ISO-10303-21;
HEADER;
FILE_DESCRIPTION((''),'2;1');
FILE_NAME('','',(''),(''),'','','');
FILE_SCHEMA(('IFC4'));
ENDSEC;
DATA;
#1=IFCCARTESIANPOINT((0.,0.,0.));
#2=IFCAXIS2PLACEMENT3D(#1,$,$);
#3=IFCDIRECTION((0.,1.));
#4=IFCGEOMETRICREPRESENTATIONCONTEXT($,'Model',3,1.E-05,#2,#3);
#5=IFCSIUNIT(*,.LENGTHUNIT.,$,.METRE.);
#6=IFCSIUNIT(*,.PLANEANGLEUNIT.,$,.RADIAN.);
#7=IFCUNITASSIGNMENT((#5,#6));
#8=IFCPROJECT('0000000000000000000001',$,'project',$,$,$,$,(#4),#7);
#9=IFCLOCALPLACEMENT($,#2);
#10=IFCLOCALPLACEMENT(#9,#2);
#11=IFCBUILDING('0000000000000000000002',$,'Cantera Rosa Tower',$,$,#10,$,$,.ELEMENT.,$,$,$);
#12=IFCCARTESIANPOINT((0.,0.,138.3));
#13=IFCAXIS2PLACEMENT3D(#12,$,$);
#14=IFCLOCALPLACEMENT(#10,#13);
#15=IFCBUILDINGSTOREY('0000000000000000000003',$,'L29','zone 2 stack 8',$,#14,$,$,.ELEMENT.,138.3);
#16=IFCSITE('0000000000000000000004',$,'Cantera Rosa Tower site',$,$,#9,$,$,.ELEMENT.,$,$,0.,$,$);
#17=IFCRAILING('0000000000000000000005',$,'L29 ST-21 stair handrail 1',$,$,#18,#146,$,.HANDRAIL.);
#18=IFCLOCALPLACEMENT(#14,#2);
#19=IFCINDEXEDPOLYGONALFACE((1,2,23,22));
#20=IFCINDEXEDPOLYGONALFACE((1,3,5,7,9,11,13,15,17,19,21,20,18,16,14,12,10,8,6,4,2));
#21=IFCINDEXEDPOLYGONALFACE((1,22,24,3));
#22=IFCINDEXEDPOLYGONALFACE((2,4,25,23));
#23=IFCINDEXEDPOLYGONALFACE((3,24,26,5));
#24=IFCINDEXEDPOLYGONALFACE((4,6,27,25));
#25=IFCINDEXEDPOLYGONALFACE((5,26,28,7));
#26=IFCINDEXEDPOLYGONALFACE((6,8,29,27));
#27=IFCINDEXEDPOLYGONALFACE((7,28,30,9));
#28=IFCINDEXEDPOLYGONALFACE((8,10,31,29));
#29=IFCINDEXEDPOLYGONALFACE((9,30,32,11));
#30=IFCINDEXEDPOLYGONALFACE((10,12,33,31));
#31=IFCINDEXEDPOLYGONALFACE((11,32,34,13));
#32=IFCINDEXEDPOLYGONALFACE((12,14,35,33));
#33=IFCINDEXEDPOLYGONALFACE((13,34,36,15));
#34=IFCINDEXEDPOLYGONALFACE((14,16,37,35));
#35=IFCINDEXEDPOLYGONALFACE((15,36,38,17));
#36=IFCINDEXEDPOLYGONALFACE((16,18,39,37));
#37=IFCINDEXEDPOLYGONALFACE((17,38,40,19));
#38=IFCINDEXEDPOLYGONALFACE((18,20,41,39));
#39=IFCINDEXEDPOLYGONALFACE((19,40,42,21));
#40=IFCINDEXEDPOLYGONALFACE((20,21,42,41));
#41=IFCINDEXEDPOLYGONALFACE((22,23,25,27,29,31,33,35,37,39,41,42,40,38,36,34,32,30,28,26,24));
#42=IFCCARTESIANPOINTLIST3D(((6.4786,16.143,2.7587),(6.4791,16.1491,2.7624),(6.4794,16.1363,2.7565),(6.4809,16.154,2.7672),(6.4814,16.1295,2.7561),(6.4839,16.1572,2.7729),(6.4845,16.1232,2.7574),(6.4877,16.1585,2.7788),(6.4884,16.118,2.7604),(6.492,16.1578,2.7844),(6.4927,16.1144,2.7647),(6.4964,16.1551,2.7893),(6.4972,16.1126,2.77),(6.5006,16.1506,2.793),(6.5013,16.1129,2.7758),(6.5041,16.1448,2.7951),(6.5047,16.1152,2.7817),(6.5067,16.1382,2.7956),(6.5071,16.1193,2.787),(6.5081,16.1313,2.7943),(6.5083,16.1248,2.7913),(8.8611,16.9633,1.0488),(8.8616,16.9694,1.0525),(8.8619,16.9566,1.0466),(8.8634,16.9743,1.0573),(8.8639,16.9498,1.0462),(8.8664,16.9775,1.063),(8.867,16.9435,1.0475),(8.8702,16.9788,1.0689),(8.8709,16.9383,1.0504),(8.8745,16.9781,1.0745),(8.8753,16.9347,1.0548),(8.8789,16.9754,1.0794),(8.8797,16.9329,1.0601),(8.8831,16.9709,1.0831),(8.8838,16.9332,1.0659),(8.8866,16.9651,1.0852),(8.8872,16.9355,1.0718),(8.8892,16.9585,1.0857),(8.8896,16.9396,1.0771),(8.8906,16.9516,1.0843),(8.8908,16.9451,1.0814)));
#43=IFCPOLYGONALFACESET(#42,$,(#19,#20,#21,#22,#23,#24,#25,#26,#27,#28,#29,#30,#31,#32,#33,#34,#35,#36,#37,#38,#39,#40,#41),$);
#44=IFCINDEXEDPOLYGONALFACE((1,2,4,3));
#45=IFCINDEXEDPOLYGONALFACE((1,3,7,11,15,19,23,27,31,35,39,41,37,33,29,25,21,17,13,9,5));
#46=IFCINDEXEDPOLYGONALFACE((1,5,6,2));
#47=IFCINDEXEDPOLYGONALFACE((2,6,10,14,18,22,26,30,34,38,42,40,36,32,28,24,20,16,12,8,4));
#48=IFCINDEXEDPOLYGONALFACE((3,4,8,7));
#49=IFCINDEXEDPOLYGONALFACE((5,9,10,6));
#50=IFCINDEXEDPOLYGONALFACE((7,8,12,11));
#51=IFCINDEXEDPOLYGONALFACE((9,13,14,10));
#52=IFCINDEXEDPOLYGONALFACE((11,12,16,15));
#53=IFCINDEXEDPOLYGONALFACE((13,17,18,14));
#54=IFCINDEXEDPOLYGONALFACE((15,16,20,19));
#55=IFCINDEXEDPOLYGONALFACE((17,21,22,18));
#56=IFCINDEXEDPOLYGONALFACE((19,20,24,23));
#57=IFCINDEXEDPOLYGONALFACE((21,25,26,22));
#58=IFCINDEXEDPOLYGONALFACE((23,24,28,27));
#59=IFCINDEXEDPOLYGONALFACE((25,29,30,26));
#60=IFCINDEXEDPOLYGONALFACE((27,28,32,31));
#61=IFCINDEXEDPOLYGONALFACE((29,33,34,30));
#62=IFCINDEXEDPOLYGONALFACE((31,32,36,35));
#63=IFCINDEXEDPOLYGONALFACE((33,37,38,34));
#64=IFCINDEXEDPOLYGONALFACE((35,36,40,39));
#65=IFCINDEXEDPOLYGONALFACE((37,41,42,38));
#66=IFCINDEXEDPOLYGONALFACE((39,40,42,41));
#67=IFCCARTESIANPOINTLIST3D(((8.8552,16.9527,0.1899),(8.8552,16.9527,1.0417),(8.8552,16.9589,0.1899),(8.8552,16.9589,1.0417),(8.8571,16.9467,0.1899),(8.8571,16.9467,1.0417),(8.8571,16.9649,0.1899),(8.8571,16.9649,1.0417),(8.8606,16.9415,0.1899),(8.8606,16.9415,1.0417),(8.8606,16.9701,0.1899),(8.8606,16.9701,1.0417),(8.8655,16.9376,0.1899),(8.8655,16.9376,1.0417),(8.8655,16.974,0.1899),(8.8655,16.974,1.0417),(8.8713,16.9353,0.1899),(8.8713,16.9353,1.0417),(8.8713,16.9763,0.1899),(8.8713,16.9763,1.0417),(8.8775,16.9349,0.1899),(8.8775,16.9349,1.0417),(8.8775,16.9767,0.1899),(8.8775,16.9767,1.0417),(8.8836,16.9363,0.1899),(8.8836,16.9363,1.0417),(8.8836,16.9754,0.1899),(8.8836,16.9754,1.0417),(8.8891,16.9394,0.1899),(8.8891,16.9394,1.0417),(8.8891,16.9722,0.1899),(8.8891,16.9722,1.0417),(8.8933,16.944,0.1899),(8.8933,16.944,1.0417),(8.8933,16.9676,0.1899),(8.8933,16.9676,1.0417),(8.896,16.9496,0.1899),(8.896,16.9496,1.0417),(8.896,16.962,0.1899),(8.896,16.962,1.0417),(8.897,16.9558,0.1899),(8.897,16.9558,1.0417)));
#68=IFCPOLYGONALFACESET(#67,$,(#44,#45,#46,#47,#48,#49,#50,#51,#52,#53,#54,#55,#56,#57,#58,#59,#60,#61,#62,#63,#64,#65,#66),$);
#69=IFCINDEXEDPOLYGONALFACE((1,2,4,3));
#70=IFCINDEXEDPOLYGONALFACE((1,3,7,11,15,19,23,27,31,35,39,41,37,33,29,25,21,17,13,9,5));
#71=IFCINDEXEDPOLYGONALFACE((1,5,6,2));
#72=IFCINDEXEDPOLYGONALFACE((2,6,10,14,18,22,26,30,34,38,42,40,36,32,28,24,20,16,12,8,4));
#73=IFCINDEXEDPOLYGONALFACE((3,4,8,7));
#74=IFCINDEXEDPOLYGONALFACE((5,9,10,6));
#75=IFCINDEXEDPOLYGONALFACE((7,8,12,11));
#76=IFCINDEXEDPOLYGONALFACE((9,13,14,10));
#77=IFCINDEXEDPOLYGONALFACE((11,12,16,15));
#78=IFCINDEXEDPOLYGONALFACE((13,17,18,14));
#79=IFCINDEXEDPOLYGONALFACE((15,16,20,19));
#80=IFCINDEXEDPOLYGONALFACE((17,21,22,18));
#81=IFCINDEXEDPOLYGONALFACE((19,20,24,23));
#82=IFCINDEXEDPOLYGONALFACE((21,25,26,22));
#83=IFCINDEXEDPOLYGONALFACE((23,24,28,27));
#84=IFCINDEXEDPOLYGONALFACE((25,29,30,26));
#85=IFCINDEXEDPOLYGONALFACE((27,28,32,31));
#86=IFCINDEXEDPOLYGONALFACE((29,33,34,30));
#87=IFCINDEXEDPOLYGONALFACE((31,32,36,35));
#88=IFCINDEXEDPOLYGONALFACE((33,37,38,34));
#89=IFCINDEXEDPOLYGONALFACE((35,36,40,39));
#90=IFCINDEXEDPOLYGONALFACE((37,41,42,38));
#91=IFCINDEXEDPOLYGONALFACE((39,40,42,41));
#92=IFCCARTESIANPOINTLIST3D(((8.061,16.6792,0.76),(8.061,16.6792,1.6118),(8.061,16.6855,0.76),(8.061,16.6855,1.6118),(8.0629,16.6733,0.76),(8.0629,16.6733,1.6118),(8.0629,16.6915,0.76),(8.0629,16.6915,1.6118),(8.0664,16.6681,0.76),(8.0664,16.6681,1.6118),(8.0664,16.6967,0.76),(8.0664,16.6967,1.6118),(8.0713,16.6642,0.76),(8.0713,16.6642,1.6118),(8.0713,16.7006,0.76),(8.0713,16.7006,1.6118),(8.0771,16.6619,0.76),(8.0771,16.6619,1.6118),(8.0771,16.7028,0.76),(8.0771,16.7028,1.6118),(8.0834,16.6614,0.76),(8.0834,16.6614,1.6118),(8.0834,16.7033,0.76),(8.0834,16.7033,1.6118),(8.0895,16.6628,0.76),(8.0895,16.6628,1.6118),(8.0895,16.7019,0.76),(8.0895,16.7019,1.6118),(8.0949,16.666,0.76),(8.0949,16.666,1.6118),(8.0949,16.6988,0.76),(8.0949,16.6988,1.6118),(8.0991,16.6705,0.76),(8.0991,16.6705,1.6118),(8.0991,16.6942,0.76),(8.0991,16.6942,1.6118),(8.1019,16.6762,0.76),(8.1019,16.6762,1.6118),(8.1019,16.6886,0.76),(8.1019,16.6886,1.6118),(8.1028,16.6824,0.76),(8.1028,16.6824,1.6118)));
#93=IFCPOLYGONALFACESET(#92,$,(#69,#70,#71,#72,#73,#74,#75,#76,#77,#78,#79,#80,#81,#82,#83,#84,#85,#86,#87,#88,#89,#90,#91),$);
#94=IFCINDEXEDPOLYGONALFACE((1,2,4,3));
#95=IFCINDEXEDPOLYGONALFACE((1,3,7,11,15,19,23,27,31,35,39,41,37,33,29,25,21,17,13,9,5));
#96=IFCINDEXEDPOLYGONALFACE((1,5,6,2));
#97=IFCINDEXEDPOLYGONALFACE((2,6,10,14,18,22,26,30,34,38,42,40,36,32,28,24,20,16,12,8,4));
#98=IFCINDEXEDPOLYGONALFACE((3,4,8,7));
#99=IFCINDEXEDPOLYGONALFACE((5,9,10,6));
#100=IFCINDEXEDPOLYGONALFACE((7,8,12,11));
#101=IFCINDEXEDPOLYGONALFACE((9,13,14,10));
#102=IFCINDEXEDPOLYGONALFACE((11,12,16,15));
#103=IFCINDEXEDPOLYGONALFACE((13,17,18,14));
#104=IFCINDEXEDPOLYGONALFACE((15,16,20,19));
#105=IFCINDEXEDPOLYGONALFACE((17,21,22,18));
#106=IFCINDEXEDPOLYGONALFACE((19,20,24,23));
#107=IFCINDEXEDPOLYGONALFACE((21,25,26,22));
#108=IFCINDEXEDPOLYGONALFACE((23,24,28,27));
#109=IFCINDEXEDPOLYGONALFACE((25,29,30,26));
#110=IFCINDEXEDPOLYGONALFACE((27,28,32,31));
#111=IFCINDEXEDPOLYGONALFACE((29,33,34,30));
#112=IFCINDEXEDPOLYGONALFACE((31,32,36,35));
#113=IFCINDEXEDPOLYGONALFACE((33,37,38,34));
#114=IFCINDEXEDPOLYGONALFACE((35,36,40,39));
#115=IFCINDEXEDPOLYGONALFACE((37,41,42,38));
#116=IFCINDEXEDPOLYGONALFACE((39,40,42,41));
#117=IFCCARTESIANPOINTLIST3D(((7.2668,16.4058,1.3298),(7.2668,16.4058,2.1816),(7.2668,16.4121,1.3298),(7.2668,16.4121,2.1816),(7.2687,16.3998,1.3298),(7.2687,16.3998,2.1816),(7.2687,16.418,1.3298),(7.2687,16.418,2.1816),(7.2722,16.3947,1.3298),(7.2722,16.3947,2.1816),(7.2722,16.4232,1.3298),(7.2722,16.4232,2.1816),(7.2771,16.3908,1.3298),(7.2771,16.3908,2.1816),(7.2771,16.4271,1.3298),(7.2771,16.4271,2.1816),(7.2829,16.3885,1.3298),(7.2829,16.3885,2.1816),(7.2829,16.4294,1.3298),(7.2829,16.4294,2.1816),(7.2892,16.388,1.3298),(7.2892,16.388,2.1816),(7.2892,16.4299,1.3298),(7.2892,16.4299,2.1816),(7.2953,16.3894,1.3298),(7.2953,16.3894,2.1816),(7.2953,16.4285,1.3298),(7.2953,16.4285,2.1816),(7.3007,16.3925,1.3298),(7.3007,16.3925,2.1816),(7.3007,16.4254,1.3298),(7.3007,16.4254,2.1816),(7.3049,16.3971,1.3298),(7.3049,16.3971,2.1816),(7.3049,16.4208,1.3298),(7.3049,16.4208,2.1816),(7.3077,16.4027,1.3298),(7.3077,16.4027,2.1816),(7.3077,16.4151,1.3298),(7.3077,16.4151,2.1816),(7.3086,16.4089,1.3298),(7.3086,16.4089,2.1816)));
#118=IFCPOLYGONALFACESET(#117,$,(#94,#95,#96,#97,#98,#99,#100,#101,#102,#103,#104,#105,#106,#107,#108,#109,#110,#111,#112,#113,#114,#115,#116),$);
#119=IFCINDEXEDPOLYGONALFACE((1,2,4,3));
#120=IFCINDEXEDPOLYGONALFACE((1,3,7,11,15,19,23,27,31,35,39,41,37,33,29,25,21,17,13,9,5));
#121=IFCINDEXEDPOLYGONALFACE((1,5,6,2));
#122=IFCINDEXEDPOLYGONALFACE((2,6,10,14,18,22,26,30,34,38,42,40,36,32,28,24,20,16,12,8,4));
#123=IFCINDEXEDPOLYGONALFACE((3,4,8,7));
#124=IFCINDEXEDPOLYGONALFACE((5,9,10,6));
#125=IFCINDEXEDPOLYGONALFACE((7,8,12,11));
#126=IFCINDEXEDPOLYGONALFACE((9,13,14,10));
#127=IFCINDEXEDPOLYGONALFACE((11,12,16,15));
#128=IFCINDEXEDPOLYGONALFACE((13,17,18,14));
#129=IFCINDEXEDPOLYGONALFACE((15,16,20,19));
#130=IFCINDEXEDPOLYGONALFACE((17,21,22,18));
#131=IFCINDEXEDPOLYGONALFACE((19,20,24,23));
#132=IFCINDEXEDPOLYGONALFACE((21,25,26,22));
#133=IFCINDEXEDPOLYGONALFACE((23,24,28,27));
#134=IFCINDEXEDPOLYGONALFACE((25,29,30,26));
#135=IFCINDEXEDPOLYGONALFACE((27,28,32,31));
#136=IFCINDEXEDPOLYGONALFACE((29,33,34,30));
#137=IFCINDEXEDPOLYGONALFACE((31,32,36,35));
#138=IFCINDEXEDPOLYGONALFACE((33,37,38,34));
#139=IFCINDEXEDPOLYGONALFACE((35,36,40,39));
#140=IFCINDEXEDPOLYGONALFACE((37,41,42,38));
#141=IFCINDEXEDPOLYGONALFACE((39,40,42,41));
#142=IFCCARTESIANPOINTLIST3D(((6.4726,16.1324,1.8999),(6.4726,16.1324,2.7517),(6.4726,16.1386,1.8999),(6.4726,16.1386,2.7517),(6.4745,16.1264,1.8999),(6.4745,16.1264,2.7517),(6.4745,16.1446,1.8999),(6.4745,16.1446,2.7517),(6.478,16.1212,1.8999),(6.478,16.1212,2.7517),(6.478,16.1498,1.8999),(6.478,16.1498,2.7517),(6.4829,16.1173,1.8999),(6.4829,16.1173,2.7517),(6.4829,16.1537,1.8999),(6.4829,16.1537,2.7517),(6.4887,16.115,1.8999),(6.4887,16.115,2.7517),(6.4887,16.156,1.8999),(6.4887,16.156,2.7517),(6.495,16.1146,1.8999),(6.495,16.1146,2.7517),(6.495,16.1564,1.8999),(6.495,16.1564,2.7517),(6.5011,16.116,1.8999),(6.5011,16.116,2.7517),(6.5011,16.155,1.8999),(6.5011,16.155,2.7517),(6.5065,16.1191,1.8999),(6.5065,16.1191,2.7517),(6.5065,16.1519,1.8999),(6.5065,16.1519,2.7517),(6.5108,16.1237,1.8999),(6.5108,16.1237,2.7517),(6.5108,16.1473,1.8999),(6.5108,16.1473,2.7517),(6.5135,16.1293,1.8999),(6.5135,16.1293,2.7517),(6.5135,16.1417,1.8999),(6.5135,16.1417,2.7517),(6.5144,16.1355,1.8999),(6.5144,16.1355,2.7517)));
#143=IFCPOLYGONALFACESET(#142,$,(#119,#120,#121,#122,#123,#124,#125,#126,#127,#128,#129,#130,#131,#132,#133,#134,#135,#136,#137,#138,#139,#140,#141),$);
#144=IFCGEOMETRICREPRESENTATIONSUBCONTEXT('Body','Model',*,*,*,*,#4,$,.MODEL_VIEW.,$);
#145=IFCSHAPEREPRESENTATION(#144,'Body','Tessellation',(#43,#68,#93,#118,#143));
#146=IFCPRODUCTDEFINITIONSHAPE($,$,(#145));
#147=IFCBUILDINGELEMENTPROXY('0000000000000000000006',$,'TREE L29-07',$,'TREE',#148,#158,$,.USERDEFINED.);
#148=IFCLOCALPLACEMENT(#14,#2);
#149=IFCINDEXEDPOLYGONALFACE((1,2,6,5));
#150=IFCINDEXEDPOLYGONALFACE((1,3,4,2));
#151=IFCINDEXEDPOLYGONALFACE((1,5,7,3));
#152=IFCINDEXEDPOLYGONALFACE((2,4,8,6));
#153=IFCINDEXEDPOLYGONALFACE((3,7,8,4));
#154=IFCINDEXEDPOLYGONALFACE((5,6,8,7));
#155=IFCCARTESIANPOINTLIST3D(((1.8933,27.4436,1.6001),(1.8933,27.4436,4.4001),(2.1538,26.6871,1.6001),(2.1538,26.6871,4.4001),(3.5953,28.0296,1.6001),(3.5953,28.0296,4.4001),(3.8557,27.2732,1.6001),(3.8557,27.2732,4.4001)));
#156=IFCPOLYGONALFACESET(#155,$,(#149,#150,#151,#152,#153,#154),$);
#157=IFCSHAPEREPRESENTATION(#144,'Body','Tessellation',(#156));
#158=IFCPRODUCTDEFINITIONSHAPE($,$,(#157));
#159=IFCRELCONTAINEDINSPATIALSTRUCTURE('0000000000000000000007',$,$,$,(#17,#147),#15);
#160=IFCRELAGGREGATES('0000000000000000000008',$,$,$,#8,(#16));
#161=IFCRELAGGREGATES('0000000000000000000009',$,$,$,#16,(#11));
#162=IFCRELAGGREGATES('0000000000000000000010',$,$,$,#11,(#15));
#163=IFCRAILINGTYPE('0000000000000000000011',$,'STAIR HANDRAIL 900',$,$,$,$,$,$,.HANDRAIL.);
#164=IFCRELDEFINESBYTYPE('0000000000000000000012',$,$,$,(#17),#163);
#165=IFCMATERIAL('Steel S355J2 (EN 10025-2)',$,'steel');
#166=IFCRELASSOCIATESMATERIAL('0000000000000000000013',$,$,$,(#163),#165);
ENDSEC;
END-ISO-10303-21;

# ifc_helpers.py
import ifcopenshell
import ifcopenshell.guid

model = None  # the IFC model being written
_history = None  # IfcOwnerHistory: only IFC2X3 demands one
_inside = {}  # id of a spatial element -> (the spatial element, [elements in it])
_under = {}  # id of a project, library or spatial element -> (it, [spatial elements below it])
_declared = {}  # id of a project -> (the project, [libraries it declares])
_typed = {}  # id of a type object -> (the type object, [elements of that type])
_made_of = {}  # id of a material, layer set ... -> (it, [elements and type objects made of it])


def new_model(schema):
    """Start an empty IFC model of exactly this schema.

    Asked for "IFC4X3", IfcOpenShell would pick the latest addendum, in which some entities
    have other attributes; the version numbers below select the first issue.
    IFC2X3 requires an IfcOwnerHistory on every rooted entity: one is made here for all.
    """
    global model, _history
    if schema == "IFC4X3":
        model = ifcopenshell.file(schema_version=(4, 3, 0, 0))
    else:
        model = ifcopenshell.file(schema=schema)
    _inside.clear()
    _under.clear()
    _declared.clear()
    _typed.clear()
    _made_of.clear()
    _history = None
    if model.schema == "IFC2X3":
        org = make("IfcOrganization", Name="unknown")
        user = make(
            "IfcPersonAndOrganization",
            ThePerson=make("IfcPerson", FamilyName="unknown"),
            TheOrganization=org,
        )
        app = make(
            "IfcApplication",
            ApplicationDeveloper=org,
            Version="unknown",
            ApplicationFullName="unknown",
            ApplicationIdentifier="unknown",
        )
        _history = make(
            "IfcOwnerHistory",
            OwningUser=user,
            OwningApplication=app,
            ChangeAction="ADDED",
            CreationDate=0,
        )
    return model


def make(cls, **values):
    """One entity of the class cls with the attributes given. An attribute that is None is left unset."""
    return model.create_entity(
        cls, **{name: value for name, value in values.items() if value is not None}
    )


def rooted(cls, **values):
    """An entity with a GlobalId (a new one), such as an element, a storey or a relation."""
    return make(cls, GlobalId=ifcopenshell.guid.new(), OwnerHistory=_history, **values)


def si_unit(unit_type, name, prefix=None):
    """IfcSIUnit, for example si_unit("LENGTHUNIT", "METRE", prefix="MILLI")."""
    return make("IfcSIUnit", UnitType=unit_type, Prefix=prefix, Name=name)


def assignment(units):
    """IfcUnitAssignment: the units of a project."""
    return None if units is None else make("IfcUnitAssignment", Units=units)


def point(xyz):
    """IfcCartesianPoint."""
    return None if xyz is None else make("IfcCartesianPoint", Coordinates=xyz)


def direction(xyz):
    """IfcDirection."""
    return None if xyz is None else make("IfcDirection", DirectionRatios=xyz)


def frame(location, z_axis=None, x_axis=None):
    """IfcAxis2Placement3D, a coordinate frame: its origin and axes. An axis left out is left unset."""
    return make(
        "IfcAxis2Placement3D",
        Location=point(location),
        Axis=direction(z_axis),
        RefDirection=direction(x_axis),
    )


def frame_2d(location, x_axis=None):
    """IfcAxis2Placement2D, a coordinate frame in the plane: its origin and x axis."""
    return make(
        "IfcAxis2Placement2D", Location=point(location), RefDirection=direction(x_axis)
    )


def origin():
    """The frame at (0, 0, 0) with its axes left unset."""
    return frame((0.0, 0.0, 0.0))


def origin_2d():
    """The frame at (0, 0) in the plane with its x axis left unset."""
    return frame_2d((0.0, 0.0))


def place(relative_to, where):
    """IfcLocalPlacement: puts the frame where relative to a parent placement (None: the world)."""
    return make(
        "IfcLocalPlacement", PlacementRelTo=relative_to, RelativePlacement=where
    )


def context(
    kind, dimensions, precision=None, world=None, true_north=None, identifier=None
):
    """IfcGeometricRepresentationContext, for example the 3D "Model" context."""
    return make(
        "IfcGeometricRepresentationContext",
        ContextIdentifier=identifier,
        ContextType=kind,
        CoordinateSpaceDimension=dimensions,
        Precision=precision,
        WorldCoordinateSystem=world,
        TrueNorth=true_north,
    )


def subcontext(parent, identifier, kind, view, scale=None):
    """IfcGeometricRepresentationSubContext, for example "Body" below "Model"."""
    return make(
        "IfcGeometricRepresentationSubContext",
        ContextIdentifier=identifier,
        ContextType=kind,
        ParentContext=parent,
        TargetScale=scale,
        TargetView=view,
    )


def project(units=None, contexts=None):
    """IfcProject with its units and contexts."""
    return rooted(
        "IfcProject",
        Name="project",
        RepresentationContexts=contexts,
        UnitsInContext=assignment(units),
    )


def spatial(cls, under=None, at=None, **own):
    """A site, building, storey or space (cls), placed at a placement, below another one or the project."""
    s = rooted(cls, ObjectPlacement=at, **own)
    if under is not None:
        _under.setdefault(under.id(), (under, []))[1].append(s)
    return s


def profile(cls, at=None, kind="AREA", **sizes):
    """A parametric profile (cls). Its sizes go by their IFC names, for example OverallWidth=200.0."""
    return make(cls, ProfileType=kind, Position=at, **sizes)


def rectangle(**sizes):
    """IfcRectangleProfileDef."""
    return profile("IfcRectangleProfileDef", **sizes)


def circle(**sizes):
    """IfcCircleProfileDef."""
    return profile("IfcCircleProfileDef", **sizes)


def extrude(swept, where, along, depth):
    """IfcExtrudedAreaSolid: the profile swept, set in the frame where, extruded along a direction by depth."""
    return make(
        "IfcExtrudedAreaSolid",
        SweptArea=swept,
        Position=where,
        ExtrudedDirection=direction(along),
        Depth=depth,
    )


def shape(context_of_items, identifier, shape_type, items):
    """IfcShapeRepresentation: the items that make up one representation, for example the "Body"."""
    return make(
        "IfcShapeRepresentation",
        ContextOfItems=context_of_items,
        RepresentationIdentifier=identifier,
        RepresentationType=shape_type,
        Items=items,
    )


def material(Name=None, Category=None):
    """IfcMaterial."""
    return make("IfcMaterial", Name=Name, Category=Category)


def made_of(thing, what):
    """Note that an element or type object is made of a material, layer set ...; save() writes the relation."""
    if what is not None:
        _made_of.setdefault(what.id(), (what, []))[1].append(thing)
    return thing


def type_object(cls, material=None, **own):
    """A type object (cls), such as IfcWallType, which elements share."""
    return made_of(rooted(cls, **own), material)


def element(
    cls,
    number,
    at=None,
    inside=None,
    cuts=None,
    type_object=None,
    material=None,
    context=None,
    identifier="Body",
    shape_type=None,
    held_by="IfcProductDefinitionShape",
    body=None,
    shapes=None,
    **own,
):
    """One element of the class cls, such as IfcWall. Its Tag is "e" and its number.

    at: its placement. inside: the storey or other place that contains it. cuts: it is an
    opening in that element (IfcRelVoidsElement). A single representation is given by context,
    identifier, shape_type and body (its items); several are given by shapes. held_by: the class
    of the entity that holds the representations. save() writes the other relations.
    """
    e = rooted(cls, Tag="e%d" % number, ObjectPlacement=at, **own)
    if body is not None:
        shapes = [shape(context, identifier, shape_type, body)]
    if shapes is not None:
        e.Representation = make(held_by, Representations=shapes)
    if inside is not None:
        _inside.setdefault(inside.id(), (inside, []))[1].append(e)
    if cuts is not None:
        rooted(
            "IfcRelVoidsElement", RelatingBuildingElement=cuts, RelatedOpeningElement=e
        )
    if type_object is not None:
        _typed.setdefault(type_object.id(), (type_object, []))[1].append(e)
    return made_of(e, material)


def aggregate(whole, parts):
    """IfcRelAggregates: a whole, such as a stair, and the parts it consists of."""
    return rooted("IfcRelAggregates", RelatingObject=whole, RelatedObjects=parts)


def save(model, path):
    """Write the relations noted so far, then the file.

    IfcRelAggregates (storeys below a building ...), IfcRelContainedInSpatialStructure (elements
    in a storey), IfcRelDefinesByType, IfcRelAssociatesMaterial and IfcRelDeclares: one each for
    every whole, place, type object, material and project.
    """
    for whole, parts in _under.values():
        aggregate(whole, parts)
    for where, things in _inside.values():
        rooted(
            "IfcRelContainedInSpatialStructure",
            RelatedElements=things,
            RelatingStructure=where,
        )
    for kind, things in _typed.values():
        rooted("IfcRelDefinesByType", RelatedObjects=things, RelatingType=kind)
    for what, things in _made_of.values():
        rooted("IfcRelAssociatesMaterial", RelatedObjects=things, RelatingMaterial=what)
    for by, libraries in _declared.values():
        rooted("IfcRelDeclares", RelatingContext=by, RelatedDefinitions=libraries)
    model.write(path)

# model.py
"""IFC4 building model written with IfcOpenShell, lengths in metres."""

from ifc_helpers import new_model, si_unit, direction, frame, origin, origin_2d, place, context, subcontext, project, spatial, rectangle, circle, extrude, material, type_object, element, save


model = new_model("IFC4")

# Units and contexts
model_context = context("Model", 3, precision=1e-05, world=origin(), true_north=direction((0.0, 1.0)))
body_context = subcontext(model_context, "Body", "Model", "MODEL_VIEW")
ifc_project = project(units=[si_unit("LENGTHUNIT", "METRE"), si_unit("PLANEANGLEUNIT", "RADIAN")], contexts=[model_context])

# Site, building, storey
site_placement = place(None, origin())
site = spatial("IfcSite", under=ifc_project, at=site_placement, Name="Cantera Rosa Tower site", CompositionType="ELEMENT", RefElevation=0.0)
building_placement = place(site_placement, origin())
building = spatial("IfcBuilding", under=site, at=building_placement, Name="Cantera Rosa Tower", CompositionType="ELEMENT")
storey_placement = place(building_placement, frame((0.0, 0.0, 138.3)))
storey = spatial("IfcBuildingStorey", under=building, at=storey_placement, Name="L29", Description="zone 2 stack 8", CompositionType="ELEMENT", Elevation=138.3)

# Railing
ifc_material_1 = material(Name="Steel S355J2 (EN 10025-2)", Category="steel")
railing_type_1 = type_object("IfcRailingType", Name="STAIR HANDRAIL 900", PredefinedType="HANDRAIL", material=ifc_material_1)
railing_1_placement = place(storey_placement, frame((8.876, 16.9558, 0.1899)))
element("IfcRailing", 1, at=railing_1_placement, inside=storey, type_object=railing_type_1, Name="L29 ST-21 stair handrail 1", PredefinedType="HANDRAIL", context=body_context, shape_type="SweptSolid", body=[
    extrude(circle(Radius=0.0239, at=origin_2d()), frame((0.0, 0.0, 0.876), z_axis=(-0.78239, -0.269375, 0.561519), x_axis=(0.325543, -0.945527, 0.0)), (0.0, 0.0, 1.0), 3.0452),
    extrude(circle(Radius=0.021, at=origin_2d()), origin(), (0.0, 0.0, 1.0), 0.8518),
    extrude(circle(Radius=0.021, at=origin_2d()), frame((-0.7942, -0.2734, 0.5701)), (0.0, 0.0, 1.0), 0.8518),
    extrude(circle(Radius=0.021, at=origin_2d()), frame((-1.5884, -0.5469, 1.1399)), (0.0, 0.0, 1.0), 0.8518),
    extrude(circle(Radius=0.021, at=origin_2d()), frame((-2.3826, -0.8203, 1.71)), (0.0, 0.0, 1.0), 0.8518),
])

# Building element proxy
proxy_placement = place(storey_placement, frame((2.8745, 27.3584, 1.6001), z_axis=(0.0, 0.0, 1.0), x_axis=(-0.945519, -0.325568, 0.0)))
element("IfcBuildingElementProxy", 2, at=proxy_placement, inside=storey, Name="TREE L29-07", ObjectType="TREE", PredefinedType="USERDEFINED", context=body_context, shape_type="SweptSolid", body=[
    extrude(rectangle(XDim=1.8, YDim=0.8, at=origin_2d()), origin(), (0.0, 0.0, 1.0), 2.8),
])

save(model, "model.ifc")
